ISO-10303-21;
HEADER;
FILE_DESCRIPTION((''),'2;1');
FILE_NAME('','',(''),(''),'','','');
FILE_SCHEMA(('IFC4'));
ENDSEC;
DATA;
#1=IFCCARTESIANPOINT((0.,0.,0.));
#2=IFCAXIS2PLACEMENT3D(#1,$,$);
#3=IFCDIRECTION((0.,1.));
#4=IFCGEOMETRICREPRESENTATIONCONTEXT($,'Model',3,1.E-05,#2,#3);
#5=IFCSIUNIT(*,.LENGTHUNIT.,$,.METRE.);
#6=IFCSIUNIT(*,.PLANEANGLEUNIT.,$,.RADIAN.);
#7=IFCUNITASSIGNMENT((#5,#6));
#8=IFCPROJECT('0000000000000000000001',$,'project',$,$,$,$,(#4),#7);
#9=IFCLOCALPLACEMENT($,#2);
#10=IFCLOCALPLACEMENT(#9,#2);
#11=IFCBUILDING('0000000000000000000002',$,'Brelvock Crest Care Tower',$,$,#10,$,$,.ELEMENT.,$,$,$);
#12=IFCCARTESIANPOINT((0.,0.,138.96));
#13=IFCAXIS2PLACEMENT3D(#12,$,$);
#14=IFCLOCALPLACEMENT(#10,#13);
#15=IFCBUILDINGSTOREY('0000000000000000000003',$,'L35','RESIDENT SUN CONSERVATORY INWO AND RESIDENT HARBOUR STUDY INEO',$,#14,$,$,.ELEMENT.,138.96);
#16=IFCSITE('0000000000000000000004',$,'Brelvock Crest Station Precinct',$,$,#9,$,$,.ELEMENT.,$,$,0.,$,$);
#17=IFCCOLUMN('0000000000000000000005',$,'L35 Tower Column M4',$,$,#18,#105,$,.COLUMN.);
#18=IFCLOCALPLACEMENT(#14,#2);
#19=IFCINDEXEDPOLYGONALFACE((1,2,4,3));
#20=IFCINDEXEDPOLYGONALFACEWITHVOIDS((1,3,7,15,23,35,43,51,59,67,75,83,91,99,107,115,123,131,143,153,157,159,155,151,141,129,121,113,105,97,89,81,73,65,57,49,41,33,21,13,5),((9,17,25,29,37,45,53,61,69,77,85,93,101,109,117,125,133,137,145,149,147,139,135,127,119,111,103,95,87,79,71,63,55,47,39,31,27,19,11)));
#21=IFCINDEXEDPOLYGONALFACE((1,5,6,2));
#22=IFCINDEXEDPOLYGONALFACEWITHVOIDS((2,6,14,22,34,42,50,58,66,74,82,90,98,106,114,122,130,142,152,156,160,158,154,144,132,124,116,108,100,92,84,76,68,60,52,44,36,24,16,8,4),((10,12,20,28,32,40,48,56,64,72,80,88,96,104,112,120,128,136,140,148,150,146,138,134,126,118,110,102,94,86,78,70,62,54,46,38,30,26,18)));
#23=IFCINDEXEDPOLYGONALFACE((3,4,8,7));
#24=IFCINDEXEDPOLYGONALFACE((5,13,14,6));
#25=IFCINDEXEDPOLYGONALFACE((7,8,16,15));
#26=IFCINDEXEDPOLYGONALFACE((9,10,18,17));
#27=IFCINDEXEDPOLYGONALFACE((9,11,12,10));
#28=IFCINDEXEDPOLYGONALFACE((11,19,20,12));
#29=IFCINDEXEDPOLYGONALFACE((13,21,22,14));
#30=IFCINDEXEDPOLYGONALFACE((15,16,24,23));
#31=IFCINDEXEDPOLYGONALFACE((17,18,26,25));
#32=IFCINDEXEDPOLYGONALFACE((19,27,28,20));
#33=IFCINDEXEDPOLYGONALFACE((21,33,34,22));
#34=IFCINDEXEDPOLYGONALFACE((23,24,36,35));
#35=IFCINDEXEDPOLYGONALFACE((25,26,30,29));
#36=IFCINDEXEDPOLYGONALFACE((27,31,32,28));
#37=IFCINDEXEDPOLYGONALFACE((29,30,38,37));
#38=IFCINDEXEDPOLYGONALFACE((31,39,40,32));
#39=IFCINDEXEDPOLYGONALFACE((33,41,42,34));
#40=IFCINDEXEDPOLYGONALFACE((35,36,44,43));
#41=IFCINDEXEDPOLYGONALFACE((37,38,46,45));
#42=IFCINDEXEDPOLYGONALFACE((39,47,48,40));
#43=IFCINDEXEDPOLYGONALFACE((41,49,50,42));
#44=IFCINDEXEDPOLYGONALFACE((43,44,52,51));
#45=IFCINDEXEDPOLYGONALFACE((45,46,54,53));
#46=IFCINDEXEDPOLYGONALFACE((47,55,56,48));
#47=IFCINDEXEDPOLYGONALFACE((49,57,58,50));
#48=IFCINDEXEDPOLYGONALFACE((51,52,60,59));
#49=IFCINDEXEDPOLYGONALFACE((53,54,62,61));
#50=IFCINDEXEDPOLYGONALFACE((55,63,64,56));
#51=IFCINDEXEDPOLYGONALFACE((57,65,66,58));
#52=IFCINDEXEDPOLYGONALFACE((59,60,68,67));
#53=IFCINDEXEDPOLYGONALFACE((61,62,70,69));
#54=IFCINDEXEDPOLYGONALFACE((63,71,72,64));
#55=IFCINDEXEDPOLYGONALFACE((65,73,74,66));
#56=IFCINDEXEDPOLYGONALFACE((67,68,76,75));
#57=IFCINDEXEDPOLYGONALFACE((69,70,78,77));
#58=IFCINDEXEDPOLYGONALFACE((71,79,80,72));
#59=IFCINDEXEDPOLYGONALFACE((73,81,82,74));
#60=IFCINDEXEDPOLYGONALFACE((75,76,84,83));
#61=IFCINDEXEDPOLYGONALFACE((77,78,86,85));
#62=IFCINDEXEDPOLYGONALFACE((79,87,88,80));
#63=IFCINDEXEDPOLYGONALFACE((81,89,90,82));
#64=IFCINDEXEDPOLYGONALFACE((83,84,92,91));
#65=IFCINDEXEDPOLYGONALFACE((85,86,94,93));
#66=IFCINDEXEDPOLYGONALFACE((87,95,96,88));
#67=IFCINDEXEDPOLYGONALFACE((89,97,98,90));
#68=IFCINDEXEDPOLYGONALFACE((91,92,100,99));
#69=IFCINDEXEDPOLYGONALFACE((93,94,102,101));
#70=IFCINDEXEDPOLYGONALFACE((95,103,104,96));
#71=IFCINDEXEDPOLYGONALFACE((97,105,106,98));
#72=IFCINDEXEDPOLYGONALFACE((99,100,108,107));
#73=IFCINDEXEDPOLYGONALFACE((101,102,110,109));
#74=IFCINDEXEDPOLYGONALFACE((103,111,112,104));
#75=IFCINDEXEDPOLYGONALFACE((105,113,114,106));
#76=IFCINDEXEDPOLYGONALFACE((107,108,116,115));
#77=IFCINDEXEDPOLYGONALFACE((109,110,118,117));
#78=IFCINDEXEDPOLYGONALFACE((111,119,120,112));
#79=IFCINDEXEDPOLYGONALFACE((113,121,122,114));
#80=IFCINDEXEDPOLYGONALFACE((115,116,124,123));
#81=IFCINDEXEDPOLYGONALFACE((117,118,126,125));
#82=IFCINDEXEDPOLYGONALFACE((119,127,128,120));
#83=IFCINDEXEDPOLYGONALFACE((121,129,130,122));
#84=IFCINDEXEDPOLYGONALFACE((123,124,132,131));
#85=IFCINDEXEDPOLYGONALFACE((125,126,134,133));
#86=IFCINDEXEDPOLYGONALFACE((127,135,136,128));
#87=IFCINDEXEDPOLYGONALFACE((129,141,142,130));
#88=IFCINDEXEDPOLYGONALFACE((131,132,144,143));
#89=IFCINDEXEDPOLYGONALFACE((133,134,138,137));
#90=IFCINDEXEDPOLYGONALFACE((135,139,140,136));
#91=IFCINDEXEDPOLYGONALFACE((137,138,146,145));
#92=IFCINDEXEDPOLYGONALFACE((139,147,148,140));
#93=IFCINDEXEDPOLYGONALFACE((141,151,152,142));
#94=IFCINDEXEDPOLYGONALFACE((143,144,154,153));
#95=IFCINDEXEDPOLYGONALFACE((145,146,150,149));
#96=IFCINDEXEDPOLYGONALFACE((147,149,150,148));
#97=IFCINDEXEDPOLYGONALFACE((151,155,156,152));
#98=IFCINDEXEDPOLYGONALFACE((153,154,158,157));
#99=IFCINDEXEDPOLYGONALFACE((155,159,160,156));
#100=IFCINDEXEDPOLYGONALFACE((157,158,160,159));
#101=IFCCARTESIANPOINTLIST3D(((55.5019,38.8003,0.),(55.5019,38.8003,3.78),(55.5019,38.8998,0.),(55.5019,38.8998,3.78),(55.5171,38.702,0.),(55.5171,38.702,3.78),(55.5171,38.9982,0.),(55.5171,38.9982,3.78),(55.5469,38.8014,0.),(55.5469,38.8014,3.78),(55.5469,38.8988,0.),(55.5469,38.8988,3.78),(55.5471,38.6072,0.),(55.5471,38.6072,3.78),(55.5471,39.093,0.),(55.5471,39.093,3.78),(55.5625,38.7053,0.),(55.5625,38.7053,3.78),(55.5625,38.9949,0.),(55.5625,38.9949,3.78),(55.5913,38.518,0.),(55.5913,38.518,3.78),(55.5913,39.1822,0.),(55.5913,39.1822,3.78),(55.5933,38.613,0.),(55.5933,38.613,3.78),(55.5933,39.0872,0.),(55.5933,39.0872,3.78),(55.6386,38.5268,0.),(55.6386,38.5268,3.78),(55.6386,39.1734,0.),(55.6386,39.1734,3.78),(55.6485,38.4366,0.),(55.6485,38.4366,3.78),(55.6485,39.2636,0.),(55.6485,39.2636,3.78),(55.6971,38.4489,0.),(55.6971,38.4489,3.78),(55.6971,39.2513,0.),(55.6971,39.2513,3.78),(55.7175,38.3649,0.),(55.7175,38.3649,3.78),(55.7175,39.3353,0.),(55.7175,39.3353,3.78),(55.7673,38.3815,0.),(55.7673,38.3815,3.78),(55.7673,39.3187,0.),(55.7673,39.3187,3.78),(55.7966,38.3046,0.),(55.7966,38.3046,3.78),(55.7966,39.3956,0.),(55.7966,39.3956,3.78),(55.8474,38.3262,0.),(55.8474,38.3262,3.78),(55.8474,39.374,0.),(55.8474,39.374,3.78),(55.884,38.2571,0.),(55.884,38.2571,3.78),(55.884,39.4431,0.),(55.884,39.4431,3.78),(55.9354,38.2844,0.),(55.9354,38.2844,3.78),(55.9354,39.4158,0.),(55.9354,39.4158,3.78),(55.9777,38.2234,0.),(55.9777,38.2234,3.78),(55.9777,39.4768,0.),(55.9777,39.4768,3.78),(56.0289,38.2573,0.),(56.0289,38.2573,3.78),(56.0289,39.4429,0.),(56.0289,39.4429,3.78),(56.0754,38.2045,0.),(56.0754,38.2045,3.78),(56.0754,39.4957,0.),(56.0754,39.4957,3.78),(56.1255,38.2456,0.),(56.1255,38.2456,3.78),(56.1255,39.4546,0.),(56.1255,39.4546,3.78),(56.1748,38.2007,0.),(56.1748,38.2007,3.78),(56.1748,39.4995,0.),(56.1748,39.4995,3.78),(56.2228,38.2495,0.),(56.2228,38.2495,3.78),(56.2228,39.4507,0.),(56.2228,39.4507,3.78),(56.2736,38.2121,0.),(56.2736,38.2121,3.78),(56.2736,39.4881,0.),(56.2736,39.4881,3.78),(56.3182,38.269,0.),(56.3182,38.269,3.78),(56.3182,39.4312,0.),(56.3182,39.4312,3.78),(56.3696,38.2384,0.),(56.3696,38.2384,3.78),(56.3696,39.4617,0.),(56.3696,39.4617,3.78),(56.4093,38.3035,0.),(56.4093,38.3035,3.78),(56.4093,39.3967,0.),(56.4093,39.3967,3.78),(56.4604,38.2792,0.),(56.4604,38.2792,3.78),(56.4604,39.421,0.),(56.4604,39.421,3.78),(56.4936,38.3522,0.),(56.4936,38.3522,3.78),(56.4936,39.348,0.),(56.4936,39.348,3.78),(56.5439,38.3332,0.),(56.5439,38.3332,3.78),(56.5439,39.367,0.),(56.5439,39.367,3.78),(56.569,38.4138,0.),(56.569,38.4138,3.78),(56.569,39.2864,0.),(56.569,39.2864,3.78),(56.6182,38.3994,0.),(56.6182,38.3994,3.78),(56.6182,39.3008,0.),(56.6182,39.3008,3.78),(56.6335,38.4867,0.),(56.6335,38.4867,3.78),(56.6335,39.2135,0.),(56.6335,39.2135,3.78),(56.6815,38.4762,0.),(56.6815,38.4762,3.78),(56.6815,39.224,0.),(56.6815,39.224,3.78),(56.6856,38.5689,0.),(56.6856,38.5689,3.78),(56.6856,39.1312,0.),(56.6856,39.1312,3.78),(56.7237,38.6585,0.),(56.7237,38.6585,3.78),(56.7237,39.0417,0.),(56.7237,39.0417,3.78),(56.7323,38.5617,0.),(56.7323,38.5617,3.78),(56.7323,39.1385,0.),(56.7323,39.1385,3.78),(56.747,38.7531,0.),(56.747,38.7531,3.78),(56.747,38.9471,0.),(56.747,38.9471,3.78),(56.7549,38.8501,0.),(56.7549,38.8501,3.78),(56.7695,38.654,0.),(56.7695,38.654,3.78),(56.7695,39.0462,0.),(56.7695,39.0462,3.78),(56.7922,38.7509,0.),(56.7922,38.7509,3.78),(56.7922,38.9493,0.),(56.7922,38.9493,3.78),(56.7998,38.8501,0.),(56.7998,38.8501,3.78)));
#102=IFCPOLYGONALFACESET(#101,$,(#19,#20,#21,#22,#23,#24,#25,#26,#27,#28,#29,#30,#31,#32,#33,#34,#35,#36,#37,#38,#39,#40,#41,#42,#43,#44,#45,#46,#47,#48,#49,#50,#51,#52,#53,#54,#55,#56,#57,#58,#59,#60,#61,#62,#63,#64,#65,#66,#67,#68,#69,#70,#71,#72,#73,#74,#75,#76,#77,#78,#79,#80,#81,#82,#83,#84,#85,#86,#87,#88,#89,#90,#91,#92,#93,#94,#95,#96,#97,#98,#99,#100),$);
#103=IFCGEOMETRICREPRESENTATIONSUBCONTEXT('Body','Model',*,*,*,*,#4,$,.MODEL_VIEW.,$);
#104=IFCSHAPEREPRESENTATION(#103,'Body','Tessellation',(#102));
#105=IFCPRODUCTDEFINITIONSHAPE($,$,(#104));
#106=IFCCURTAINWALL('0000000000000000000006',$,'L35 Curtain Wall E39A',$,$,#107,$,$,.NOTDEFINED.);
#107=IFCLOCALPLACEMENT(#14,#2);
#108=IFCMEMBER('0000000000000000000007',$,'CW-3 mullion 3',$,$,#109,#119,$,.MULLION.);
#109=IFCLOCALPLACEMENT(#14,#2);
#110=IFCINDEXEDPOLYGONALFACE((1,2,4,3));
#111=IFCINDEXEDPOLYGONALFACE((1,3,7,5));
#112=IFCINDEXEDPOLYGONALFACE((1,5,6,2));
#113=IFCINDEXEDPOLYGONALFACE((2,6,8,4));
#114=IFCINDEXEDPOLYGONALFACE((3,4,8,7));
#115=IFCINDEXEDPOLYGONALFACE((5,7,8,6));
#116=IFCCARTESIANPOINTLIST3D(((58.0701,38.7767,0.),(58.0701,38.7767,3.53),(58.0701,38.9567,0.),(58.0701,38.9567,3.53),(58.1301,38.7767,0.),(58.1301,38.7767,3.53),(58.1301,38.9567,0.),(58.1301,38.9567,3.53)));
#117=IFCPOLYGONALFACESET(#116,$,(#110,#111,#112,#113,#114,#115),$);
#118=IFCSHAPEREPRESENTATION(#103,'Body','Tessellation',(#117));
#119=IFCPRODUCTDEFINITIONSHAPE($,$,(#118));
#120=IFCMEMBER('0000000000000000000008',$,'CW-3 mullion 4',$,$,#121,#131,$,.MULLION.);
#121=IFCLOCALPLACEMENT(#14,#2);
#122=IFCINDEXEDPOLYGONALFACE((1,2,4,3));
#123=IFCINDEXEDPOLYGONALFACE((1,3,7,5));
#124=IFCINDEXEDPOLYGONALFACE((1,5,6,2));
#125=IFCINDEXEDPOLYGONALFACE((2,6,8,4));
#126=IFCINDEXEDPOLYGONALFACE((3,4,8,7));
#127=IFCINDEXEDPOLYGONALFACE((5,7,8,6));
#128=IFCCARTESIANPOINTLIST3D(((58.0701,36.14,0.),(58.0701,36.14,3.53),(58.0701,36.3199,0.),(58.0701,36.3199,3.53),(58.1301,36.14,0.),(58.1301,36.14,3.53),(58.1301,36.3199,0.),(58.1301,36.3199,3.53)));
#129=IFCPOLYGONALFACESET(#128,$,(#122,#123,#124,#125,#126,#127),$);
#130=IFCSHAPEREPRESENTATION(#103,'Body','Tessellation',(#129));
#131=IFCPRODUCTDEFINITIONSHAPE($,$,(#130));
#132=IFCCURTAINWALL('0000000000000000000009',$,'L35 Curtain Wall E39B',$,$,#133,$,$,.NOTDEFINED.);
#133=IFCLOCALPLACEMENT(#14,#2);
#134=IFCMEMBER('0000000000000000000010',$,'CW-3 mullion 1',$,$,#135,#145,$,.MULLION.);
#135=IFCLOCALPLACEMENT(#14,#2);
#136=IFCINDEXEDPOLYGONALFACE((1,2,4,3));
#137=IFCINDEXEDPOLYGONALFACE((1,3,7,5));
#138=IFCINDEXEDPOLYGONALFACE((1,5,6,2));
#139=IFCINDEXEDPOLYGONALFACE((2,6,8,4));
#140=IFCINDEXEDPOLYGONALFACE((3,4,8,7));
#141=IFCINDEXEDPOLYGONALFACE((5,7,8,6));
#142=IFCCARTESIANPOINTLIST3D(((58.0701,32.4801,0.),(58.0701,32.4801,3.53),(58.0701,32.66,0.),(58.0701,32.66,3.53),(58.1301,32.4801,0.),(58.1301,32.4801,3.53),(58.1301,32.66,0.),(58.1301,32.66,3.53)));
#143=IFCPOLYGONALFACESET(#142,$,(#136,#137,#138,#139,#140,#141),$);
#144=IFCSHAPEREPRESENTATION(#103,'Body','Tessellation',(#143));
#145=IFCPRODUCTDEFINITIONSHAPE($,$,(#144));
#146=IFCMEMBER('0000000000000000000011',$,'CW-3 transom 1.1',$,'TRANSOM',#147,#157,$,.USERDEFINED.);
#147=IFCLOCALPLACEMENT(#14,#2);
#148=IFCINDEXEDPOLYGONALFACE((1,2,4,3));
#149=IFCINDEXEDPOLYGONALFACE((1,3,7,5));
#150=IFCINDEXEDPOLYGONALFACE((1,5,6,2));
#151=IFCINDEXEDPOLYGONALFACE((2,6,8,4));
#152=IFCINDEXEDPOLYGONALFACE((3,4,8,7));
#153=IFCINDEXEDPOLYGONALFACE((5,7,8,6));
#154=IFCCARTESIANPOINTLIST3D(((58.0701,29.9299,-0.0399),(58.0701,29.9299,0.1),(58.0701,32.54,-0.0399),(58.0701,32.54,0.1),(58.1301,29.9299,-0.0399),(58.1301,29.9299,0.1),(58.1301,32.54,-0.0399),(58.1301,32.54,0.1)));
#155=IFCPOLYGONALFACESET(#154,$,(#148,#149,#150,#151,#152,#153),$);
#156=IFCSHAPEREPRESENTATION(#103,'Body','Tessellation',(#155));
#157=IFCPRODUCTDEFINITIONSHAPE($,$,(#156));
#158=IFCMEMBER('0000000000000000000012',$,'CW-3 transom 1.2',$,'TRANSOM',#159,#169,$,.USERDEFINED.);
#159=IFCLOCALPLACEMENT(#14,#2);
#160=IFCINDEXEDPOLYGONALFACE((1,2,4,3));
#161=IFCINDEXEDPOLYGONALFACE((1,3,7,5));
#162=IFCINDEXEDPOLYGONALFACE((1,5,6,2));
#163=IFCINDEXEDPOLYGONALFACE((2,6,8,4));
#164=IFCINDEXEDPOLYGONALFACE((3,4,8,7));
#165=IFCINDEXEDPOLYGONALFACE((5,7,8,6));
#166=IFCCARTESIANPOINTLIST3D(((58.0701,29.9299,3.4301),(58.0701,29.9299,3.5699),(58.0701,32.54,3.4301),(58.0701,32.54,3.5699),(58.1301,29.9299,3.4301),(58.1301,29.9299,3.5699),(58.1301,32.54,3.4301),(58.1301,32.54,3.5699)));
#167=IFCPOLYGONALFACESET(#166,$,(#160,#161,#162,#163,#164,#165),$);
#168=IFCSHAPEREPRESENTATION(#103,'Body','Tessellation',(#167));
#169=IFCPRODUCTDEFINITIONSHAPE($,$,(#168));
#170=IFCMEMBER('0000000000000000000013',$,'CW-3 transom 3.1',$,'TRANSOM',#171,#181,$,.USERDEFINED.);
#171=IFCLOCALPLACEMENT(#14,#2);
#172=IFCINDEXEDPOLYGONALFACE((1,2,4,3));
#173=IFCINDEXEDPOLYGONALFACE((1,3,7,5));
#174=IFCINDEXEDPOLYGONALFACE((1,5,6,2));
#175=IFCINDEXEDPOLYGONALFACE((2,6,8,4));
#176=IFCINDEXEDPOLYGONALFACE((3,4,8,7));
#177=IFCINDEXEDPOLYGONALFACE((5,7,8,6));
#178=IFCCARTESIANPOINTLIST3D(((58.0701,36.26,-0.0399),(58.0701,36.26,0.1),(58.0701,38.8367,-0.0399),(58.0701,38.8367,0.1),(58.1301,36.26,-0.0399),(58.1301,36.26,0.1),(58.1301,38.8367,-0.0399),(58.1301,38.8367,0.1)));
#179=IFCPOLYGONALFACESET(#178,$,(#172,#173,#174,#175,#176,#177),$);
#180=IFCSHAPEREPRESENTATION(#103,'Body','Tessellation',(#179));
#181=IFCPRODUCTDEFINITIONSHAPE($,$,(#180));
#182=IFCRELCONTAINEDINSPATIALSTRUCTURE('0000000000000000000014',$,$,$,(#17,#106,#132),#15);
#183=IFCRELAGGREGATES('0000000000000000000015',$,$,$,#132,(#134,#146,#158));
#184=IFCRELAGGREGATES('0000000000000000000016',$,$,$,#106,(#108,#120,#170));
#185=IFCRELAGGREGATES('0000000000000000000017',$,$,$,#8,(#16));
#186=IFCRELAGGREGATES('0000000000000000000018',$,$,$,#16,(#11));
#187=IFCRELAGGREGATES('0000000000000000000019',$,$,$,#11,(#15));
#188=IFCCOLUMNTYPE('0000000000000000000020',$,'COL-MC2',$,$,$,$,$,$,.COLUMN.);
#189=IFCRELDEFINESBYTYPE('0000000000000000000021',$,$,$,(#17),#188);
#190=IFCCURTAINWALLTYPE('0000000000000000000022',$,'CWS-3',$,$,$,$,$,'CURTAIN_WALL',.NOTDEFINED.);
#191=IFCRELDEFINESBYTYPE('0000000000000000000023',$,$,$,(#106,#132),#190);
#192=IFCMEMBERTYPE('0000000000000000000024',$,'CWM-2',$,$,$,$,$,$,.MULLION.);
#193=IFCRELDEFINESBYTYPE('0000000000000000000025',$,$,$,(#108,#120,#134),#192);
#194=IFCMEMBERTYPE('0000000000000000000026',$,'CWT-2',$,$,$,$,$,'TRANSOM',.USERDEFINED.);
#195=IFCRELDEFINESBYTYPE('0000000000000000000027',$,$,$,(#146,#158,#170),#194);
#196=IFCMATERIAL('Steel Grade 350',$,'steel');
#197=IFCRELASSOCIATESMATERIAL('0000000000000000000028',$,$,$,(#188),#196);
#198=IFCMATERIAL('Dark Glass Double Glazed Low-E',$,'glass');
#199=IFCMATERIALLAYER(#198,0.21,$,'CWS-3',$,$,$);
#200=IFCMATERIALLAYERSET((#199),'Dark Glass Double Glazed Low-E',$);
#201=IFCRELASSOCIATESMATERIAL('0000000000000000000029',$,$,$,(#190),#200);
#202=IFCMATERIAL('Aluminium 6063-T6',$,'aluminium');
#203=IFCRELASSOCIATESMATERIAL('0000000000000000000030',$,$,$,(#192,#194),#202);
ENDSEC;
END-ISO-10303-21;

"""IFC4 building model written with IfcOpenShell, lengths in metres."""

from ifc_helpers import new_model, si_unit, direction, frame, origin, origin_2d, place, context, subcontext, project, spatial, rectangle, hollow_circle, extrude, source, transform, mapped, material, layer, layer_set, material_profile, profile_set, type_object, element, aggregate, save


model = new_model("IFC4")

# Units and contexts
model_context = context("Model", 3, precision=1e-05, world=origin(), true_north=direction((0.0, 1.0)))
body_context = subcontext(model_context, "Body", "Model", "MODEL_VIEW")
ifc_project = project(units=[si_unit("LENGTHUNIT", "METRE"), si_unit("PLANEANGLEUNIT", "RADIAN")], contexts=[model_context])

# Site, building, storey
site_placement = place(None, origin())
site = spatial("IfcSite", under=ifc_project, at=site_placement, Name="Brelvock Crest Station Precinct", CompositionType="ELEMENT", RefElevation=0.0)
building_placement = place(site_placement, origin())
building = spatial("IfcBuilding", under=site, at=building_placement, Name="Brelvock Crest Care Tower", CompositionType="ELEMENT")
storey_placement = place(building_placement, frame((0.0, 0.0, 138.96)))
storey = spatial("IfcBuildingStorey", under=building, at=storey_placement, Name="L35", Description="RESIDENT SUN CONSERVATORY INWO AND RESIDENT HARBOUR STUDY INEO", CompositionType="ELEMENT", Elevation=138.96)

# Column
ifc_material_1 = material(Name="Steel Grade 350", Category="steel")
ifc_material_profile_1 = material_profile(ifc_material_1, hollow_circle(Radius=0.6499, WallThickness=0.0449, at=origin_2d()), Name="CFT1300x45")
ifc_profile_set_1 = profile_set([ifc_material_profile_1], Name="Steel Grade 350")
column_type = type_object("IfcColumnType", Name="COL-MC2", PredefinedType="COLUMN", material=ifc_profile_set_1)
shared_shape_1 = source(origin(), body_context, "Body", "SweptSolid", [
    extrude(hollow_circle(Radius=0.6499, WallThickness=0.0449, at=origin_2d()), origin(), (0.0, 0.0, 1.0), 3.78),
])
column_placement = place(storey_placement, frame((56.1499, 38.8501, 0.0), z_axis=(0.0, 0.0, 1.0), x_axis=(1.0, 0.0, 0.0)))
element("IfcColumn", 1, at=column_placement, inside=storey, type_object=column_type, Name="L35 Tower Column M4", PredefinedType="COLUMN", context=body_context, shape_type="MappedRepresentation", body=[
    mapped(shared_shape_1, transform((0.0, 0.0, 0.0), x_axis=(1.0, 0.0, 0.0), y_axis=(0.0, 1.0, 0.0), z_axis=(0.0, 0.0, 1.0), scale=1.0)),
])

# Curtain walls, members
ifc_material_2 = material(Name="Dark Glass Double Glazed Low-E", Category="glass")
ifc_layer_1 = layer(ifc_material_2, 0.21, Name="CWS-3")
ifc_layer_set_1 = layer_set([ifc_layer_1], Name="Dark Glass Double Glazed Low-E")
curtain_wall_type = type_object("IfcCurtainWallType", Name="CWS-3", ElementType="CURTAIN_WALL", PredefinedType="NOTDEFINED", material=ifc_layer_set_1)
curtain_wall_1_placement = place(storey_placement, origin())
curtain_wall_1 = element("IfcCurtainWall", 2, at=curtain_wall_1_placement, inside=storey, type_object=curtain_wall_type, Name="L35 Curtain Wall E39A", PredefinedType="NOTDEFINED")
ifc_material_3 = material(Name="Aluminium 6063-T6", Category="aluminium")
ifc_material_profile_2 = material_profile(ifc_material_3, rectangle(XDim=0.0601, YDim=0.1799, at=origin_2d()), Name="ALU60x180")
ifc_profile_set_2 = profile_set([ifc_material_profile_2], Name="Aluminium 6063-T6")
member_type_1 = type_object("IfcMemberType", Name="CWM-2", PredefinedType="MULLION", material=ifc_profile_set_2)
shared_shape_2 = source(origin(), body_context, "Body", "SweptSolid", [
    extrude(rectangle(XDim=0.0601, YDim=0.1799, at=origin_2d()), origin(), (0.0, 0.0, 1.0), 3.53),
])
member_1_placement = place(storey_placement, frame((58.1001, 38.8667, 0.0), z_axis=(0.0, 0.0, 1.0), x_axis=(1.0, 0.0, 0.0)))
member_1 = element("IfcMember", 3, at=member_1_placement, type_object=member_type_1, Name="CW-3 mullion 3", PredefinedType="MULLION", context=body_context, shape_type="MappedRepresentation", body=[
    mapped(shared_shape_2, transform((0.0, 0.0, 0.0), x_axis=(1.0, 0.0, 0.0), y_axis=(0.0, 1.0, 0.0), z_axis=(0.0, 0.0, 1.0), scale=1.0)),
])
member_2_placement = place(storey_placement, frame((58.1001, 36.23, 0.0), z_axis=(0.0, 0.0, 1.0), x_axis=(1.0, 0.0, 0.0)))
member_2 = element("IfcMember", 4, at=member_2_placement, type_object=member_type_1, Name="CW-3 mullion 4", PredefinedType="MULLION", context=body_context, shape_type="MappedRepresentation", body=[
    mapped(shared_shape_2, transform((0.0, 0.0, 0.0), x_axis=(1.0, 0.0, 0.0), y_axis=(0.0, 1.0, 0.0), z_axis=(0.0, 0.0, 1.0), scale=1.0)),
])
curtain_wall_2_placement = place(storey_placement, origin())
curtain_wall_2 = element("IfcCurtainWall", 5, at=curtain_wall_2_placement, inside=storey, type_object=curtain_wall_type, Name="L35 Curtain Wall E39B", PredefinedType="NOTDEFINED")
member_3_placement = place(storey_placement, frame((58.1001, 32.5701, 0.0), z_axis=(0.0, 0.0, 1.0), x_axis=(1.0, 0.0, 0.0)))
member_3 = element("IfcMember", 6, at=member_3_placement, type_object=member_type_1, Name="CW-3 mullion 1", PredefinedType="MULLION", context=body_context, shape_type="MappedRepresentation", body=[
    mapped(shared_shape_2, transform((0.0, 0.0, 0.0), x_axis=(1.0, 0.0, 0.0), y_axis=(0.0, 1.0, 0.0), z_axis=(0.0, 0.0, 1.0), scale=1.0)),
])
ifc_material_profile_3 = material_profile(ifc_material_3, rectangle(XDim=0.0601, YDim=0.1399, at=origin_2d()), Name="ALU60x140")
ifc_profile_set_3 = profile_set([ifc_material_profile_3], Name="Aluminium 6063-T6")
member_type_2 = type_object("IfcMemberType", Name="CWT-2", ElementType="TRANSOM", PredefinedType="USERDEFINED", material=ifc_profile_set_3)
shared_shape_3 = source(origin(), body_context, "Body", "SweptSolid", [
    extrude(rectangle(XDim=0.0601, YDim=0.1399, at=origin_2d()), origin(), (0.0, 0.0, 1.0), 2.6101),
])
member_4_placement = place(storey_placement, frame((58.1001, 32.54, 0.03), z_axis=(0.0, -1.0, 0.0), x_axis=(1.0, 0.0, 0.0)))
member_4 = element("IfcMember", 7, at=member_4_placement, type_object=member_type_2, Name="CW-3 transom 1.1", ObjectType="TRANSOM", PredefinedType="USERDEFINED", context=body_context, shape_type="MappedRepresentation", body=[
    mapped(shared_shape_3, transform((0.0, 0.0, 0.0), x_axis=(1.0, 0.0, 0.0), y_axis=(0.0, 1.0, 0.0), z_axis=(0.0, 0.0, 1.0), scale=1.0)),
])
member_5_placement = place(storey_placement, frame((58.1001, 32.54, 3.5), z_axis=(0.0, -1.0, 0.0), x_axis=(1.0, 0.0, 0.0)))
member_5 = element("IfcMember", 8, at=member_5_placement, type_object=member_type_2, Name="CW-3 transom 1.2", ObjectType="TRANSOM", PredefinedType="USERDEFINED", context=body_context, shape_type="MappedRepresentation", body=[
    mapped(shared_shape_3, transform((0.0, 0.0, 0.0), x_axis=(1.0, 0.0, 0.0), y_axis=(0.0, 1.0, 0.0), z_axis=(0.0, 0.0, 1.0), scale=1.0)),
])
aggregate(curtain_wall_2, [member_3, member_4, member_5])

# Member
shared_shape_4 = source(origin(), body_context, "Body", "SweptSolid", [
    extrude(rectangle(XDim=0.0601, YDim=0.1399, at=origin_2d()), origin(), (0.0, 0.0, 1.0), 2.5767),
])
member_6_placement = place(storey_placement, frame((58.1001, 38.8367, 0.03), z_axis=(0.0, -1.0, 0.0), x_axis=(1.0, 0.0, 0.0)))
member_6 = element("IfcMember", 9, at=member_6_placement, type_object=member_type_2, Name="CW-3 transom 3.1", ObjectType="TRANSOM", PredefinedType="USERDEFINED", context=body_context, shape_type="MappedRepresentation", body=[
    mapped(shared_shape_4, transform((0.0, 0.0, 0.0), x_axis=(1.0, 0.0, 0.0), y_axis=(0.0, 1.0, 0.0), z_axis=(0.0, 0.0, 1.0), scale=1.0)),
])

aggregate(curtain_wall_1, [member_1, member_2, member_6])

save(model, "model.ifc")
